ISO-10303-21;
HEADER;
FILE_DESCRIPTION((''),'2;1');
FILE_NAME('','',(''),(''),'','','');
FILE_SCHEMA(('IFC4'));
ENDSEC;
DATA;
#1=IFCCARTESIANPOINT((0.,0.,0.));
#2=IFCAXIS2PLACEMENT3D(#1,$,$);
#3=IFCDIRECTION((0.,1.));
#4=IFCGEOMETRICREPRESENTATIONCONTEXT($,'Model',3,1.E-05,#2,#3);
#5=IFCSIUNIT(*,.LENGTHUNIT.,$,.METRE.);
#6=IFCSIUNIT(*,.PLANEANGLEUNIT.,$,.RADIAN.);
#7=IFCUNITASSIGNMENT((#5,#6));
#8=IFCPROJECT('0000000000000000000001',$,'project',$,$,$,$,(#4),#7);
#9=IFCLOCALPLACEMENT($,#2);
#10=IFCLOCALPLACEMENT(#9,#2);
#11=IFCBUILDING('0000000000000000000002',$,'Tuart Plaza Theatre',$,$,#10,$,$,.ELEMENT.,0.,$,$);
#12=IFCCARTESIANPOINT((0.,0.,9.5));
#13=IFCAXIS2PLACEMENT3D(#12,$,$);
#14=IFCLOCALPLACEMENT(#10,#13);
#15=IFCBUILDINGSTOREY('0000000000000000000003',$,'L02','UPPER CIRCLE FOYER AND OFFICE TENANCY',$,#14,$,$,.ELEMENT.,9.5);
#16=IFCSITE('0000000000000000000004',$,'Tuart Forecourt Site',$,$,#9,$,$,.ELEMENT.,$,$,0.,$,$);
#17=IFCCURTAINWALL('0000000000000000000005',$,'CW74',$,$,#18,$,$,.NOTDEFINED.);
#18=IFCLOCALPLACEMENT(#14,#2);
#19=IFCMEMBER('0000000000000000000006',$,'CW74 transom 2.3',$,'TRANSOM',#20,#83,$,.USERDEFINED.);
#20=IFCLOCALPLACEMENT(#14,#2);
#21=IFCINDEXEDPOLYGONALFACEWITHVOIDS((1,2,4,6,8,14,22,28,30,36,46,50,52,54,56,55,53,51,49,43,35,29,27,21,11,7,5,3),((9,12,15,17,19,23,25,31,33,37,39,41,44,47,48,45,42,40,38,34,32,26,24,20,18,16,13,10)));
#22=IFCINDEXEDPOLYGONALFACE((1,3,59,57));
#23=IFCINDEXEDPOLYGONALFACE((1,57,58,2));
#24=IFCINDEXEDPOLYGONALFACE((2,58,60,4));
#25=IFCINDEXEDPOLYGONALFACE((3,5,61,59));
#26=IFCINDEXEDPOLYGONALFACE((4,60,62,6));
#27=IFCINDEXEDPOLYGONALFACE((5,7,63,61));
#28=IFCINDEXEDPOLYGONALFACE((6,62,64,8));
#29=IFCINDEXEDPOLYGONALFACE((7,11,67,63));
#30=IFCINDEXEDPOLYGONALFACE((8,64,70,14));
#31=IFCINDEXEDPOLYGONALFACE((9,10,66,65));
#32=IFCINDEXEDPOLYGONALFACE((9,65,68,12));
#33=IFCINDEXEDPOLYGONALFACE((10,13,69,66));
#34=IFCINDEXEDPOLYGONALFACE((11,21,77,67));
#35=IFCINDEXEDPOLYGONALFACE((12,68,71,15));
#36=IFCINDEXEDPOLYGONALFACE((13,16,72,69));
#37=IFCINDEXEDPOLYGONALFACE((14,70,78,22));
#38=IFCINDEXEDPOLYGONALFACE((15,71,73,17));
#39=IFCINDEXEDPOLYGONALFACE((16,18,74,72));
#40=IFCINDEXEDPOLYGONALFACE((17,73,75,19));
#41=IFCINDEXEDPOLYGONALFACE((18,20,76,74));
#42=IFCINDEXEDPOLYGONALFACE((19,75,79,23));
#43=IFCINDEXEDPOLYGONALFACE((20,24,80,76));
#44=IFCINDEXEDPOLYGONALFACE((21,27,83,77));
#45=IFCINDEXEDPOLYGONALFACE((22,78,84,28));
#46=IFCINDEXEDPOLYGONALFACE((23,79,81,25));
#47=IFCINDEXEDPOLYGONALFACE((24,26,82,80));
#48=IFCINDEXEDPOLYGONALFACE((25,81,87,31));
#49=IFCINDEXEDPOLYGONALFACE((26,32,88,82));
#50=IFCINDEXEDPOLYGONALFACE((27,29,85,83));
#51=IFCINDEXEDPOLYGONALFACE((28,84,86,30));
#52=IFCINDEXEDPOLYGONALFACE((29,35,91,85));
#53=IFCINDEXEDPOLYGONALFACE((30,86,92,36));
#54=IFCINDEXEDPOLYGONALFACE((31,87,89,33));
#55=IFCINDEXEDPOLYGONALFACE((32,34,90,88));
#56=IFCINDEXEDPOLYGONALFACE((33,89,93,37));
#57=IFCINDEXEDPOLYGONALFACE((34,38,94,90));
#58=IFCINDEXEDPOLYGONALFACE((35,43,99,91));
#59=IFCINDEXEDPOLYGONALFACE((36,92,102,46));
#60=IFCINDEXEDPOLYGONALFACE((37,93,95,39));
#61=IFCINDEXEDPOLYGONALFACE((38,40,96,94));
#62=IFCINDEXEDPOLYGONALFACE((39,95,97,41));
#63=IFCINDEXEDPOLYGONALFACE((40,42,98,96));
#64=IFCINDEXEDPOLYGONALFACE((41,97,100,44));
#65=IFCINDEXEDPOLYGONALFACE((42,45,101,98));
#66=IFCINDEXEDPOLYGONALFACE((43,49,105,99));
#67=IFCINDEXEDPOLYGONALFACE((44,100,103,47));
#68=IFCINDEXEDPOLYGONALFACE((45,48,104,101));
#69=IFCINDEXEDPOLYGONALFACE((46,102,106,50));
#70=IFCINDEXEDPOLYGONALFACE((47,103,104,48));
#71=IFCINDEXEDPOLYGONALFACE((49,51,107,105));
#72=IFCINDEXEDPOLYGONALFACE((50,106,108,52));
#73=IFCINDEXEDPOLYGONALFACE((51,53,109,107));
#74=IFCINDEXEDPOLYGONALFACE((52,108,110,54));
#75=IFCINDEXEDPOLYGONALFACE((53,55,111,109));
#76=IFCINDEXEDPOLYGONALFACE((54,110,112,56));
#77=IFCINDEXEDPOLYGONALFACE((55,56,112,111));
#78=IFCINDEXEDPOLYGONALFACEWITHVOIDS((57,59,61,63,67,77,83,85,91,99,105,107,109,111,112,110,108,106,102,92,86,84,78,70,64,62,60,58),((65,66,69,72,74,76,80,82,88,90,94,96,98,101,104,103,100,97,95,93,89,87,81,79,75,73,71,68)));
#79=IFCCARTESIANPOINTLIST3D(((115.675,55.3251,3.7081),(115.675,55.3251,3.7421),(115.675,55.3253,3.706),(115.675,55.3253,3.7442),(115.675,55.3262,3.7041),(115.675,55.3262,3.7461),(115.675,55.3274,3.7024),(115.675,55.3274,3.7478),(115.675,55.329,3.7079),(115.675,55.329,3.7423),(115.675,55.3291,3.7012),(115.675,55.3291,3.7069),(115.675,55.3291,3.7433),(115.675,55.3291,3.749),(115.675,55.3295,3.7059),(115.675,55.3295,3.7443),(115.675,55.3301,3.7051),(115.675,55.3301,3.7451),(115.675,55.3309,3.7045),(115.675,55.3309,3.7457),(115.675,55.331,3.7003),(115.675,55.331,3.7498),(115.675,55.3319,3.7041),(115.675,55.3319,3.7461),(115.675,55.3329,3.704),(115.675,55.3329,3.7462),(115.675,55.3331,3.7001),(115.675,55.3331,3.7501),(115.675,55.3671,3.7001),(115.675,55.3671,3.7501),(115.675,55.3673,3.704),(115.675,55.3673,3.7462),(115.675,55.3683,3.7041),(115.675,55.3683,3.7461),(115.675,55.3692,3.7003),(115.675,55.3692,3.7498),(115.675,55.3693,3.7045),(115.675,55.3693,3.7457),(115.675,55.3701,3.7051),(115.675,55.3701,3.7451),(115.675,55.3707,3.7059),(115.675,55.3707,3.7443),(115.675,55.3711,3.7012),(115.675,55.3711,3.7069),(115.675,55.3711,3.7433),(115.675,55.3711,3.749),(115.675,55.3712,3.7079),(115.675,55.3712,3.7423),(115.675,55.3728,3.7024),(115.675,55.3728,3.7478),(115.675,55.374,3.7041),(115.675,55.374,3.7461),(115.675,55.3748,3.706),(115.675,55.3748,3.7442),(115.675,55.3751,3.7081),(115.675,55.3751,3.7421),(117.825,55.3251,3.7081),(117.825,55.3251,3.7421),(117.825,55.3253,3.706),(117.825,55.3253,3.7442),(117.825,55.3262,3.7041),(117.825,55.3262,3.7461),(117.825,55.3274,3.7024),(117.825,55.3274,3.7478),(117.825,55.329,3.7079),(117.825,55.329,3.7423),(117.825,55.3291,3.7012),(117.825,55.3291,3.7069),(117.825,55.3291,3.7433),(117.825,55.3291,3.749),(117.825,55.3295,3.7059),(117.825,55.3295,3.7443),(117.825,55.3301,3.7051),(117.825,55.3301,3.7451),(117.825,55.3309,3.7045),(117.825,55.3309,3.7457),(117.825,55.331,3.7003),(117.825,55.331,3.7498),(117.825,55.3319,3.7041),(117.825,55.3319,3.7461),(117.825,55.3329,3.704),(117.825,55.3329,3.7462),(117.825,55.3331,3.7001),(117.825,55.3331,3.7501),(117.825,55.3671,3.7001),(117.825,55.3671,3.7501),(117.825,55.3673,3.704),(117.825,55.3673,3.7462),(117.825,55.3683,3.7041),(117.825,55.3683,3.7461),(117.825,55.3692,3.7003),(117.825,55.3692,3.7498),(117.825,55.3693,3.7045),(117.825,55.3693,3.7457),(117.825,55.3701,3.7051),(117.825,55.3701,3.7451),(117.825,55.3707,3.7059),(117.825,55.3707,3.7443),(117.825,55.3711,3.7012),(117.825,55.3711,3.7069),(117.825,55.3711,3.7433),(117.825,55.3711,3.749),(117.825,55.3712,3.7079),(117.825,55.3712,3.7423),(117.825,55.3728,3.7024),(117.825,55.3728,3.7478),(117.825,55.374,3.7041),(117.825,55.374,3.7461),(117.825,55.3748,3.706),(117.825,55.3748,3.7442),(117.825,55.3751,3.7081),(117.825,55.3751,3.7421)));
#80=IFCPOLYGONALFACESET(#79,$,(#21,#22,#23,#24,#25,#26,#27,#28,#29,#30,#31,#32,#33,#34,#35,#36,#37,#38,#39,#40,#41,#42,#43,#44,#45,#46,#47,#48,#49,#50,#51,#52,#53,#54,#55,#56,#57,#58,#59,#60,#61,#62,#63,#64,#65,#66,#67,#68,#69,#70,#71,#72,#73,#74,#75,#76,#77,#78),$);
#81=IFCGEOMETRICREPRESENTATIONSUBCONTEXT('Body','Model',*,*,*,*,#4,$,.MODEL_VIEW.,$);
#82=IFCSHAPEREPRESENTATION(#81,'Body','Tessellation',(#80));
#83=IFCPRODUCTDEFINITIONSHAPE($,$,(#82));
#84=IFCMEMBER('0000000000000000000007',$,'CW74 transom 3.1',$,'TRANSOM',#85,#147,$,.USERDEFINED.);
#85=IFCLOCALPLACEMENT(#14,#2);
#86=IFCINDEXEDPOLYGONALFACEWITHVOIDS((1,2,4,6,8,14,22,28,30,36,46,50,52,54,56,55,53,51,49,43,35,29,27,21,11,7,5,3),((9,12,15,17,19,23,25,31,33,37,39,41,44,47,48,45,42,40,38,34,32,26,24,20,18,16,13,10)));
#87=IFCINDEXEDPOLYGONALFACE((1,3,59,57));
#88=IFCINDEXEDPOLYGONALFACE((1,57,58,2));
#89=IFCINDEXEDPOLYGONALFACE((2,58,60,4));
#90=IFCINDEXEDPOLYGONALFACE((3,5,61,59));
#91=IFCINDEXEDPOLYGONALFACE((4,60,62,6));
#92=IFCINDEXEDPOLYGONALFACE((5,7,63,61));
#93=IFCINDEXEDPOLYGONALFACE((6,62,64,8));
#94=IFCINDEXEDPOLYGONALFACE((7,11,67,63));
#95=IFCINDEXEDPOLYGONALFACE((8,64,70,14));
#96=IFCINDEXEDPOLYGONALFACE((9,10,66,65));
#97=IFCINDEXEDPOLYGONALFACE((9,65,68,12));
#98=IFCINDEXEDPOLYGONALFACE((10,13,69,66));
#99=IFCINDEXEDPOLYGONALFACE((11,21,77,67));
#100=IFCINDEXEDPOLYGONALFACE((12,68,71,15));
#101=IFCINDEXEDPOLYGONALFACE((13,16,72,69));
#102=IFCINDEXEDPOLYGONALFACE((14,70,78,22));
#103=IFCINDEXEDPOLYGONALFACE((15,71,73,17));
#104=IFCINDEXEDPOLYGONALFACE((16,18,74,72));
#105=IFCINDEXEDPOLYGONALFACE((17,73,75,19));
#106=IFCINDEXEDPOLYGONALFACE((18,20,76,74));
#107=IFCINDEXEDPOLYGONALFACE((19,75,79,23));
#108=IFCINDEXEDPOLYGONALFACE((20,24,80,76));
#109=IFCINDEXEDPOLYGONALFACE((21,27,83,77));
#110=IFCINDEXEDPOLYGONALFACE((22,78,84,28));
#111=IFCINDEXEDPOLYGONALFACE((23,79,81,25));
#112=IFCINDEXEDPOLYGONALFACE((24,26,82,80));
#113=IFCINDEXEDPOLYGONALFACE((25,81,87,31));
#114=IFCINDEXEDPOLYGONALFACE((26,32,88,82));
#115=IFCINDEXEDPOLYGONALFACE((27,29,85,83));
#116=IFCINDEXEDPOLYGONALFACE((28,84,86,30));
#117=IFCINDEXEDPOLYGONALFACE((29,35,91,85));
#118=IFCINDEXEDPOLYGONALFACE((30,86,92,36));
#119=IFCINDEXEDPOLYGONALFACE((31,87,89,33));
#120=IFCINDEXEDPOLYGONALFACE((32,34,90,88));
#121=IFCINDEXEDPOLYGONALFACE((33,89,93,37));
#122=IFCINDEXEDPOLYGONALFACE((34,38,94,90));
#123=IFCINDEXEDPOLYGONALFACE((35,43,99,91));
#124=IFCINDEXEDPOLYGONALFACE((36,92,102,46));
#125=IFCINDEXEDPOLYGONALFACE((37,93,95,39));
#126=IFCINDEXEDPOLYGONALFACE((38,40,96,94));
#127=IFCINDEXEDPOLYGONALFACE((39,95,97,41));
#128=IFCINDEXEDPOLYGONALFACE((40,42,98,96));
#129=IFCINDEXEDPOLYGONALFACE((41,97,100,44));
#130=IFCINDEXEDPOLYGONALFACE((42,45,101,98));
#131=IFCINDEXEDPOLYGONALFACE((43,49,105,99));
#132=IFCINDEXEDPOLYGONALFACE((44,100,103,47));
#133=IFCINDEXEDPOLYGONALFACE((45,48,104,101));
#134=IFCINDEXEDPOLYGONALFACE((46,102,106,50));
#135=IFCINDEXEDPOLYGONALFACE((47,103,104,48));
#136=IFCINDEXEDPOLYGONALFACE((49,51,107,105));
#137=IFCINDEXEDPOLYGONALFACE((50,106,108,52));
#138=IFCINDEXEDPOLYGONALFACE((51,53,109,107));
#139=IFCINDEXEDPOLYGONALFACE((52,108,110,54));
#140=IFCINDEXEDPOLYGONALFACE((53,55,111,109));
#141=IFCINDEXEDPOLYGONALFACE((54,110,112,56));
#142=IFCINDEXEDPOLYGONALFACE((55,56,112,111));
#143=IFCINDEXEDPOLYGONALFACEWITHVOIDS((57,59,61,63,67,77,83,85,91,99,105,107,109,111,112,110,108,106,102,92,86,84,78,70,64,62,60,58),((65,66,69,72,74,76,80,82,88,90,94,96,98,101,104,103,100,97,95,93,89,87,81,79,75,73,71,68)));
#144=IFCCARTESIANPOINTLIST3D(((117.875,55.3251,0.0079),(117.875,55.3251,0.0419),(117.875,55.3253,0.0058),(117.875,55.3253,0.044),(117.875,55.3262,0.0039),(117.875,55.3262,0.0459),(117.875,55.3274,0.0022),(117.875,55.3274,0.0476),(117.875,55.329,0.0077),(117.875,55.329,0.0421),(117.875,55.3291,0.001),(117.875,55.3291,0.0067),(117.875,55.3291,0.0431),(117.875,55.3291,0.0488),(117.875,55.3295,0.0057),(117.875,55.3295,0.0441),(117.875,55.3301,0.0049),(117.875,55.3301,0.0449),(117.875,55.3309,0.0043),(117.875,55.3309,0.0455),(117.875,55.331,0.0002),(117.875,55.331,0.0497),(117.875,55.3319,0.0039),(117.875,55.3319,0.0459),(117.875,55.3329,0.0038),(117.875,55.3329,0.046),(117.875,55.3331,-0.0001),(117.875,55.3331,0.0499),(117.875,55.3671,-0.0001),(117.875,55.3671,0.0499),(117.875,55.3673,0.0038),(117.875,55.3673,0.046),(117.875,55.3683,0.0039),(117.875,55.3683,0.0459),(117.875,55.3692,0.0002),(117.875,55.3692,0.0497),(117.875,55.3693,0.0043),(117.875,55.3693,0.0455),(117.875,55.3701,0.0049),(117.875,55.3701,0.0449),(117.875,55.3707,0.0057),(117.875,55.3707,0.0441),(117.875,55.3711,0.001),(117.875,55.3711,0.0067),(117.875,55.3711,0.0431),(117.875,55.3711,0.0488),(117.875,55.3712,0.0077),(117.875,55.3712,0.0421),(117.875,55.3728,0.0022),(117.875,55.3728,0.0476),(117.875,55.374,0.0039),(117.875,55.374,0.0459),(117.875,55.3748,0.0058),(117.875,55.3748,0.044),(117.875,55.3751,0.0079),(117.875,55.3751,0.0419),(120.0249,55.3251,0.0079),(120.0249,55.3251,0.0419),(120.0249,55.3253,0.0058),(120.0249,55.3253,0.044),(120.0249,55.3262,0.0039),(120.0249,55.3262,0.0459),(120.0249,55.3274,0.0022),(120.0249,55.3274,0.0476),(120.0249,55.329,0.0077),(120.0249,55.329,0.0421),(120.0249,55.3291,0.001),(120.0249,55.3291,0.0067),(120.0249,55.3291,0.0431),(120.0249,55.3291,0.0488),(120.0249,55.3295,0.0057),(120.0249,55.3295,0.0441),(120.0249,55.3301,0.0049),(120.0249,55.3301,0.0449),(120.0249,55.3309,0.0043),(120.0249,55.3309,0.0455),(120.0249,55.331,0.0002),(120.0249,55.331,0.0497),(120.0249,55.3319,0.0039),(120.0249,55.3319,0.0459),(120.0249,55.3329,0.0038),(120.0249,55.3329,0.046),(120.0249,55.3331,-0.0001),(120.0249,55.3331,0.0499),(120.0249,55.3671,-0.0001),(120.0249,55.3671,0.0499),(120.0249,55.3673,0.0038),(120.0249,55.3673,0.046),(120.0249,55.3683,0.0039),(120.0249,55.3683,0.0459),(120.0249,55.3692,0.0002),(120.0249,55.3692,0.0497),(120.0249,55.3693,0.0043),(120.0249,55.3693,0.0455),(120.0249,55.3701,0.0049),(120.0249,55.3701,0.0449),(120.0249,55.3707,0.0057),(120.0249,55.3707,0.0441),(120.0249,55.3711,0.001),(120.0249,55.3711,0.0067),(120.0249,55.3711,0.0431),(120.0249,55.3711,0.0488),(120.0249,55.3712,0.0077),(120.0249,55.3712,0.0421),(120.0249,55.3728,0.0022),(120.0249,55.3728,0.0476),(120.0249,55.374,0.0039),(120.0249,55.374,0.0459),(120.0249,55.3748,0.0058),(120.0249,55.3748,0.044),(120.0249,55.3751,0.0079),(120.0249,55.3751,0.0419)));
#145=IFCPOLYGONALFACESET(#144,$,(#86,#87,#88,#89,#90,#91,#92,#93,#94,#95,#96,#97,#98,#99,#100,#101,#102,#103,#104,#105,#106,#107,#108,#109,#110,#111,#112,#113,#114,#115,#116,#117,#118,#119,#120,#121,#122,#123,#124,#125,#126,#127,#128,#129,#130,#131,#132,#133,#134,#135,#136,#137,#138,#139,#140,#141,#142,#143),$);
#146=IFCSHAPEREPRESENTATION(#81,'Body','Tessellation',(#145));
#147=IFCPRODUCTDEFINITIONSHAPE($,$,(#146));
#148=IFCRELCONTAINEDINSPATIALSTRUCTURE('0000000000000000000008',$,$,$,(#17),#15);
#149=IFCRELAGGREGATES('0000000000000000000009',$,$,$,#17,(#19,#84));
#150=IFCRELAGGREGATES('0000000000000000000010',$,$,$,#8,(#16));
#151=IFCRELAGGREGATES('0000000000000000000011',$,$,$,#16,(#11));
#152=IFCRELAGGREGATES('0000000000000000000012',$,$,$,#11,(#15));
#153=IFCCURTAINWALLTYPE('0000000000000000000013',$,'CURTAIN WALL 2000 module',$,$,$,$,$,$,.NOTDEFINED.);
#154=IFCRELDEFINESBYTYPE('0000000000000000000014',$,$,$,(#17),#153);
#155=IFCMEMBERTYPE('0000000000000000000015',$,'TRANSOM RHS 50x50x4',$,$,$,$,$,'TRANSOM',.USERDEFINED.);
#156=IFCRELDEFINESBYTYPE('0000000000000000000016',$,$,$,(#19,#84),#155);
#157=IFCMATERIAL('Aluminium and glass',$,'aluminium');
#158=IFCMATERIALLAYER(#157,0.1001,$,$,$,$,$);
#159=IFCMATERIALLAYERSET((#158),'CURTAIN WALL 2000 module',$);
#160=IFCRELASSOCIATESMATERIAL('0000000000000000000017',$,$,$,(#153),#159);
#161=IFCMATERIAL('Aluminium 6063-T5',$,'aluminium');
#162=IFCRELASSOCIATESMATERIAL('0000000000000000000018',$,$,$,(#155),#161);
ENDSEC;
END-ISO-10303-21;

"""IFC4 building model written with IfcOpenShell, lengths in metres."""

from ifc_helpers import new_model, si_unit, direction, frame, origin, origin_2d, place, context, subcontext, project, spatial, hollow_rectangle, extrude, material, layer, layer_set, material_profile, profile_set, type_object, element, aggregate, save


model = new_model("IFC4")

# Units and contexts
model_context = context("Model", 3, precision=1e-05, world=origin(), true_north=direction((0.0, 1.0)))
body_context = subcontext(model_context, "Body", "Model", "MODEL_VIEW")
ifc_project = project(units=[si_unit("LENGTHUNIT", "METRE"), si_unit("PLANEANGLEUNIT", "RADIAN")], contexts=[model_context])

# Site, building, storey
site_placement = place(None, origin())
site = spatial("IfcSite", under=ifc_project, at=site_placement, Name="Tuart Forecourt Site", CompositionType="ELEMENT", RefElevation=0.0)
building_placement = place(site_placement, origin())
building = spatial("IfcBuilding", under=site, at=building_placement, Name="Tuart Plaza Theatre", CompositionType="ELEMENT", ElevationOfRefHeight=0.0)
storey_placement = place(building_placement, frame((0.0, 0.0, 9.5)))
storey = spatial("IfcBuildingStorey", under=building, at=storey_placement, Name="L02", Description="UPPER CIRCLE FOYER AND OFFICE TENANCY", CompositionType="ELEMENT", Elevation=9.5)

# Curtain wall, members
ifc_material_1 = material(Name="Aluminium and glass", Category="aluminium")
ifc_layer_1 = layer(ifc_material_1, 0.1001)
ifc_layer_set_1 = layer_set([ifc_layer_1], Name="CURTAIN WALL 2000 module")
curtain_wall_type = type_object("IfcCurtainWallType", Name="CURTAIN WALL 2000 module", PredefinedType="NOTDEFINED", material=ifc_layer_set_1)
curtain_wall_placement = place(storey_placement, origin())
curtain_wall = element("IfcCurtainWall", 1, at=curtain_wall_placement, inside=storey, type_object=curtain_wall_type, Name="CW74", PredefinedType="NOTDEFINED")
ifc_material_2 = material(Name="Aluminium 6063-T5", Category="aluminium")
ifc_material_profile_1 = material_profile(ifc_material_2, hollow_rectangle(XDim=0.05, YDim=0.05, WallThickness=0.0039, InnerFilletRadius=0.0039, OuterFilletRadius=0.0081, at=origin_2d()), Name="RHS 50x50x4")
ifc_profile_set_1 = profile_set([ifc_material_profile_1], Name="Aluminium 6063-T5")
member_type_1 = type_object("IfcMemberType", Name="TRANSOM RHS 50x50x4", ElementType="TRANSOM", PredefinedType="USERDEFINED", material=ifc_profile_set_1)
member_1_placement = place(storey_placement, frame((115.675, 55.3501, 3.7251), z_axis=(1.0, 0.0, 0.0), x_axis=(0.0, 1.0, 0.0)))
member_1 = element("IfcMember", 2, at=member_1_placement, type_object=member_type_1, Name="CW74 transom 2.3", ObjectType="TRANSOM", PredefinedType="USERDEFINED", context=body_context, shape_type="SweptSolid", body=[
    extrude(hollow_rectangle(XDim=0.05, YDim=0.05, WallThickness=0.0039, InnerFilletRadius=0.0039, OuterFilletRadius=0.0081, at=origin_2d()), origin(), (0.0, 0.0, 1.0), 2.1499),
])
member_2_placement = place(storey_placement, frame((117.875, 55.3501, 0.0249), z_axis=(1.0, 0.0, 0.0), x_axis=(0.0, 1.0, 0.0)))
member_2 = element("IfcMember", 3, at=member_2_placement, type_object=member_type_1, Name="CW74 transom 3.1", ObjectType="TRANSOM", PredefinedType="USERDEFINED", context=body_context, shape_type="SweptSolid", body=[
    extrude(hollow_rectangle(XDim=0.05, YDim=0.05, WallThickness=0.0039, InnerFilletRadius=0.0039, OuterFilletRadius=0.0081, at=origin_2d()), origin(), (0.0, 0.0, 1.0), 2.1499),
])
aggregate(curtain_wall, [member_1, member_2])

save(model, "model.ifc")
